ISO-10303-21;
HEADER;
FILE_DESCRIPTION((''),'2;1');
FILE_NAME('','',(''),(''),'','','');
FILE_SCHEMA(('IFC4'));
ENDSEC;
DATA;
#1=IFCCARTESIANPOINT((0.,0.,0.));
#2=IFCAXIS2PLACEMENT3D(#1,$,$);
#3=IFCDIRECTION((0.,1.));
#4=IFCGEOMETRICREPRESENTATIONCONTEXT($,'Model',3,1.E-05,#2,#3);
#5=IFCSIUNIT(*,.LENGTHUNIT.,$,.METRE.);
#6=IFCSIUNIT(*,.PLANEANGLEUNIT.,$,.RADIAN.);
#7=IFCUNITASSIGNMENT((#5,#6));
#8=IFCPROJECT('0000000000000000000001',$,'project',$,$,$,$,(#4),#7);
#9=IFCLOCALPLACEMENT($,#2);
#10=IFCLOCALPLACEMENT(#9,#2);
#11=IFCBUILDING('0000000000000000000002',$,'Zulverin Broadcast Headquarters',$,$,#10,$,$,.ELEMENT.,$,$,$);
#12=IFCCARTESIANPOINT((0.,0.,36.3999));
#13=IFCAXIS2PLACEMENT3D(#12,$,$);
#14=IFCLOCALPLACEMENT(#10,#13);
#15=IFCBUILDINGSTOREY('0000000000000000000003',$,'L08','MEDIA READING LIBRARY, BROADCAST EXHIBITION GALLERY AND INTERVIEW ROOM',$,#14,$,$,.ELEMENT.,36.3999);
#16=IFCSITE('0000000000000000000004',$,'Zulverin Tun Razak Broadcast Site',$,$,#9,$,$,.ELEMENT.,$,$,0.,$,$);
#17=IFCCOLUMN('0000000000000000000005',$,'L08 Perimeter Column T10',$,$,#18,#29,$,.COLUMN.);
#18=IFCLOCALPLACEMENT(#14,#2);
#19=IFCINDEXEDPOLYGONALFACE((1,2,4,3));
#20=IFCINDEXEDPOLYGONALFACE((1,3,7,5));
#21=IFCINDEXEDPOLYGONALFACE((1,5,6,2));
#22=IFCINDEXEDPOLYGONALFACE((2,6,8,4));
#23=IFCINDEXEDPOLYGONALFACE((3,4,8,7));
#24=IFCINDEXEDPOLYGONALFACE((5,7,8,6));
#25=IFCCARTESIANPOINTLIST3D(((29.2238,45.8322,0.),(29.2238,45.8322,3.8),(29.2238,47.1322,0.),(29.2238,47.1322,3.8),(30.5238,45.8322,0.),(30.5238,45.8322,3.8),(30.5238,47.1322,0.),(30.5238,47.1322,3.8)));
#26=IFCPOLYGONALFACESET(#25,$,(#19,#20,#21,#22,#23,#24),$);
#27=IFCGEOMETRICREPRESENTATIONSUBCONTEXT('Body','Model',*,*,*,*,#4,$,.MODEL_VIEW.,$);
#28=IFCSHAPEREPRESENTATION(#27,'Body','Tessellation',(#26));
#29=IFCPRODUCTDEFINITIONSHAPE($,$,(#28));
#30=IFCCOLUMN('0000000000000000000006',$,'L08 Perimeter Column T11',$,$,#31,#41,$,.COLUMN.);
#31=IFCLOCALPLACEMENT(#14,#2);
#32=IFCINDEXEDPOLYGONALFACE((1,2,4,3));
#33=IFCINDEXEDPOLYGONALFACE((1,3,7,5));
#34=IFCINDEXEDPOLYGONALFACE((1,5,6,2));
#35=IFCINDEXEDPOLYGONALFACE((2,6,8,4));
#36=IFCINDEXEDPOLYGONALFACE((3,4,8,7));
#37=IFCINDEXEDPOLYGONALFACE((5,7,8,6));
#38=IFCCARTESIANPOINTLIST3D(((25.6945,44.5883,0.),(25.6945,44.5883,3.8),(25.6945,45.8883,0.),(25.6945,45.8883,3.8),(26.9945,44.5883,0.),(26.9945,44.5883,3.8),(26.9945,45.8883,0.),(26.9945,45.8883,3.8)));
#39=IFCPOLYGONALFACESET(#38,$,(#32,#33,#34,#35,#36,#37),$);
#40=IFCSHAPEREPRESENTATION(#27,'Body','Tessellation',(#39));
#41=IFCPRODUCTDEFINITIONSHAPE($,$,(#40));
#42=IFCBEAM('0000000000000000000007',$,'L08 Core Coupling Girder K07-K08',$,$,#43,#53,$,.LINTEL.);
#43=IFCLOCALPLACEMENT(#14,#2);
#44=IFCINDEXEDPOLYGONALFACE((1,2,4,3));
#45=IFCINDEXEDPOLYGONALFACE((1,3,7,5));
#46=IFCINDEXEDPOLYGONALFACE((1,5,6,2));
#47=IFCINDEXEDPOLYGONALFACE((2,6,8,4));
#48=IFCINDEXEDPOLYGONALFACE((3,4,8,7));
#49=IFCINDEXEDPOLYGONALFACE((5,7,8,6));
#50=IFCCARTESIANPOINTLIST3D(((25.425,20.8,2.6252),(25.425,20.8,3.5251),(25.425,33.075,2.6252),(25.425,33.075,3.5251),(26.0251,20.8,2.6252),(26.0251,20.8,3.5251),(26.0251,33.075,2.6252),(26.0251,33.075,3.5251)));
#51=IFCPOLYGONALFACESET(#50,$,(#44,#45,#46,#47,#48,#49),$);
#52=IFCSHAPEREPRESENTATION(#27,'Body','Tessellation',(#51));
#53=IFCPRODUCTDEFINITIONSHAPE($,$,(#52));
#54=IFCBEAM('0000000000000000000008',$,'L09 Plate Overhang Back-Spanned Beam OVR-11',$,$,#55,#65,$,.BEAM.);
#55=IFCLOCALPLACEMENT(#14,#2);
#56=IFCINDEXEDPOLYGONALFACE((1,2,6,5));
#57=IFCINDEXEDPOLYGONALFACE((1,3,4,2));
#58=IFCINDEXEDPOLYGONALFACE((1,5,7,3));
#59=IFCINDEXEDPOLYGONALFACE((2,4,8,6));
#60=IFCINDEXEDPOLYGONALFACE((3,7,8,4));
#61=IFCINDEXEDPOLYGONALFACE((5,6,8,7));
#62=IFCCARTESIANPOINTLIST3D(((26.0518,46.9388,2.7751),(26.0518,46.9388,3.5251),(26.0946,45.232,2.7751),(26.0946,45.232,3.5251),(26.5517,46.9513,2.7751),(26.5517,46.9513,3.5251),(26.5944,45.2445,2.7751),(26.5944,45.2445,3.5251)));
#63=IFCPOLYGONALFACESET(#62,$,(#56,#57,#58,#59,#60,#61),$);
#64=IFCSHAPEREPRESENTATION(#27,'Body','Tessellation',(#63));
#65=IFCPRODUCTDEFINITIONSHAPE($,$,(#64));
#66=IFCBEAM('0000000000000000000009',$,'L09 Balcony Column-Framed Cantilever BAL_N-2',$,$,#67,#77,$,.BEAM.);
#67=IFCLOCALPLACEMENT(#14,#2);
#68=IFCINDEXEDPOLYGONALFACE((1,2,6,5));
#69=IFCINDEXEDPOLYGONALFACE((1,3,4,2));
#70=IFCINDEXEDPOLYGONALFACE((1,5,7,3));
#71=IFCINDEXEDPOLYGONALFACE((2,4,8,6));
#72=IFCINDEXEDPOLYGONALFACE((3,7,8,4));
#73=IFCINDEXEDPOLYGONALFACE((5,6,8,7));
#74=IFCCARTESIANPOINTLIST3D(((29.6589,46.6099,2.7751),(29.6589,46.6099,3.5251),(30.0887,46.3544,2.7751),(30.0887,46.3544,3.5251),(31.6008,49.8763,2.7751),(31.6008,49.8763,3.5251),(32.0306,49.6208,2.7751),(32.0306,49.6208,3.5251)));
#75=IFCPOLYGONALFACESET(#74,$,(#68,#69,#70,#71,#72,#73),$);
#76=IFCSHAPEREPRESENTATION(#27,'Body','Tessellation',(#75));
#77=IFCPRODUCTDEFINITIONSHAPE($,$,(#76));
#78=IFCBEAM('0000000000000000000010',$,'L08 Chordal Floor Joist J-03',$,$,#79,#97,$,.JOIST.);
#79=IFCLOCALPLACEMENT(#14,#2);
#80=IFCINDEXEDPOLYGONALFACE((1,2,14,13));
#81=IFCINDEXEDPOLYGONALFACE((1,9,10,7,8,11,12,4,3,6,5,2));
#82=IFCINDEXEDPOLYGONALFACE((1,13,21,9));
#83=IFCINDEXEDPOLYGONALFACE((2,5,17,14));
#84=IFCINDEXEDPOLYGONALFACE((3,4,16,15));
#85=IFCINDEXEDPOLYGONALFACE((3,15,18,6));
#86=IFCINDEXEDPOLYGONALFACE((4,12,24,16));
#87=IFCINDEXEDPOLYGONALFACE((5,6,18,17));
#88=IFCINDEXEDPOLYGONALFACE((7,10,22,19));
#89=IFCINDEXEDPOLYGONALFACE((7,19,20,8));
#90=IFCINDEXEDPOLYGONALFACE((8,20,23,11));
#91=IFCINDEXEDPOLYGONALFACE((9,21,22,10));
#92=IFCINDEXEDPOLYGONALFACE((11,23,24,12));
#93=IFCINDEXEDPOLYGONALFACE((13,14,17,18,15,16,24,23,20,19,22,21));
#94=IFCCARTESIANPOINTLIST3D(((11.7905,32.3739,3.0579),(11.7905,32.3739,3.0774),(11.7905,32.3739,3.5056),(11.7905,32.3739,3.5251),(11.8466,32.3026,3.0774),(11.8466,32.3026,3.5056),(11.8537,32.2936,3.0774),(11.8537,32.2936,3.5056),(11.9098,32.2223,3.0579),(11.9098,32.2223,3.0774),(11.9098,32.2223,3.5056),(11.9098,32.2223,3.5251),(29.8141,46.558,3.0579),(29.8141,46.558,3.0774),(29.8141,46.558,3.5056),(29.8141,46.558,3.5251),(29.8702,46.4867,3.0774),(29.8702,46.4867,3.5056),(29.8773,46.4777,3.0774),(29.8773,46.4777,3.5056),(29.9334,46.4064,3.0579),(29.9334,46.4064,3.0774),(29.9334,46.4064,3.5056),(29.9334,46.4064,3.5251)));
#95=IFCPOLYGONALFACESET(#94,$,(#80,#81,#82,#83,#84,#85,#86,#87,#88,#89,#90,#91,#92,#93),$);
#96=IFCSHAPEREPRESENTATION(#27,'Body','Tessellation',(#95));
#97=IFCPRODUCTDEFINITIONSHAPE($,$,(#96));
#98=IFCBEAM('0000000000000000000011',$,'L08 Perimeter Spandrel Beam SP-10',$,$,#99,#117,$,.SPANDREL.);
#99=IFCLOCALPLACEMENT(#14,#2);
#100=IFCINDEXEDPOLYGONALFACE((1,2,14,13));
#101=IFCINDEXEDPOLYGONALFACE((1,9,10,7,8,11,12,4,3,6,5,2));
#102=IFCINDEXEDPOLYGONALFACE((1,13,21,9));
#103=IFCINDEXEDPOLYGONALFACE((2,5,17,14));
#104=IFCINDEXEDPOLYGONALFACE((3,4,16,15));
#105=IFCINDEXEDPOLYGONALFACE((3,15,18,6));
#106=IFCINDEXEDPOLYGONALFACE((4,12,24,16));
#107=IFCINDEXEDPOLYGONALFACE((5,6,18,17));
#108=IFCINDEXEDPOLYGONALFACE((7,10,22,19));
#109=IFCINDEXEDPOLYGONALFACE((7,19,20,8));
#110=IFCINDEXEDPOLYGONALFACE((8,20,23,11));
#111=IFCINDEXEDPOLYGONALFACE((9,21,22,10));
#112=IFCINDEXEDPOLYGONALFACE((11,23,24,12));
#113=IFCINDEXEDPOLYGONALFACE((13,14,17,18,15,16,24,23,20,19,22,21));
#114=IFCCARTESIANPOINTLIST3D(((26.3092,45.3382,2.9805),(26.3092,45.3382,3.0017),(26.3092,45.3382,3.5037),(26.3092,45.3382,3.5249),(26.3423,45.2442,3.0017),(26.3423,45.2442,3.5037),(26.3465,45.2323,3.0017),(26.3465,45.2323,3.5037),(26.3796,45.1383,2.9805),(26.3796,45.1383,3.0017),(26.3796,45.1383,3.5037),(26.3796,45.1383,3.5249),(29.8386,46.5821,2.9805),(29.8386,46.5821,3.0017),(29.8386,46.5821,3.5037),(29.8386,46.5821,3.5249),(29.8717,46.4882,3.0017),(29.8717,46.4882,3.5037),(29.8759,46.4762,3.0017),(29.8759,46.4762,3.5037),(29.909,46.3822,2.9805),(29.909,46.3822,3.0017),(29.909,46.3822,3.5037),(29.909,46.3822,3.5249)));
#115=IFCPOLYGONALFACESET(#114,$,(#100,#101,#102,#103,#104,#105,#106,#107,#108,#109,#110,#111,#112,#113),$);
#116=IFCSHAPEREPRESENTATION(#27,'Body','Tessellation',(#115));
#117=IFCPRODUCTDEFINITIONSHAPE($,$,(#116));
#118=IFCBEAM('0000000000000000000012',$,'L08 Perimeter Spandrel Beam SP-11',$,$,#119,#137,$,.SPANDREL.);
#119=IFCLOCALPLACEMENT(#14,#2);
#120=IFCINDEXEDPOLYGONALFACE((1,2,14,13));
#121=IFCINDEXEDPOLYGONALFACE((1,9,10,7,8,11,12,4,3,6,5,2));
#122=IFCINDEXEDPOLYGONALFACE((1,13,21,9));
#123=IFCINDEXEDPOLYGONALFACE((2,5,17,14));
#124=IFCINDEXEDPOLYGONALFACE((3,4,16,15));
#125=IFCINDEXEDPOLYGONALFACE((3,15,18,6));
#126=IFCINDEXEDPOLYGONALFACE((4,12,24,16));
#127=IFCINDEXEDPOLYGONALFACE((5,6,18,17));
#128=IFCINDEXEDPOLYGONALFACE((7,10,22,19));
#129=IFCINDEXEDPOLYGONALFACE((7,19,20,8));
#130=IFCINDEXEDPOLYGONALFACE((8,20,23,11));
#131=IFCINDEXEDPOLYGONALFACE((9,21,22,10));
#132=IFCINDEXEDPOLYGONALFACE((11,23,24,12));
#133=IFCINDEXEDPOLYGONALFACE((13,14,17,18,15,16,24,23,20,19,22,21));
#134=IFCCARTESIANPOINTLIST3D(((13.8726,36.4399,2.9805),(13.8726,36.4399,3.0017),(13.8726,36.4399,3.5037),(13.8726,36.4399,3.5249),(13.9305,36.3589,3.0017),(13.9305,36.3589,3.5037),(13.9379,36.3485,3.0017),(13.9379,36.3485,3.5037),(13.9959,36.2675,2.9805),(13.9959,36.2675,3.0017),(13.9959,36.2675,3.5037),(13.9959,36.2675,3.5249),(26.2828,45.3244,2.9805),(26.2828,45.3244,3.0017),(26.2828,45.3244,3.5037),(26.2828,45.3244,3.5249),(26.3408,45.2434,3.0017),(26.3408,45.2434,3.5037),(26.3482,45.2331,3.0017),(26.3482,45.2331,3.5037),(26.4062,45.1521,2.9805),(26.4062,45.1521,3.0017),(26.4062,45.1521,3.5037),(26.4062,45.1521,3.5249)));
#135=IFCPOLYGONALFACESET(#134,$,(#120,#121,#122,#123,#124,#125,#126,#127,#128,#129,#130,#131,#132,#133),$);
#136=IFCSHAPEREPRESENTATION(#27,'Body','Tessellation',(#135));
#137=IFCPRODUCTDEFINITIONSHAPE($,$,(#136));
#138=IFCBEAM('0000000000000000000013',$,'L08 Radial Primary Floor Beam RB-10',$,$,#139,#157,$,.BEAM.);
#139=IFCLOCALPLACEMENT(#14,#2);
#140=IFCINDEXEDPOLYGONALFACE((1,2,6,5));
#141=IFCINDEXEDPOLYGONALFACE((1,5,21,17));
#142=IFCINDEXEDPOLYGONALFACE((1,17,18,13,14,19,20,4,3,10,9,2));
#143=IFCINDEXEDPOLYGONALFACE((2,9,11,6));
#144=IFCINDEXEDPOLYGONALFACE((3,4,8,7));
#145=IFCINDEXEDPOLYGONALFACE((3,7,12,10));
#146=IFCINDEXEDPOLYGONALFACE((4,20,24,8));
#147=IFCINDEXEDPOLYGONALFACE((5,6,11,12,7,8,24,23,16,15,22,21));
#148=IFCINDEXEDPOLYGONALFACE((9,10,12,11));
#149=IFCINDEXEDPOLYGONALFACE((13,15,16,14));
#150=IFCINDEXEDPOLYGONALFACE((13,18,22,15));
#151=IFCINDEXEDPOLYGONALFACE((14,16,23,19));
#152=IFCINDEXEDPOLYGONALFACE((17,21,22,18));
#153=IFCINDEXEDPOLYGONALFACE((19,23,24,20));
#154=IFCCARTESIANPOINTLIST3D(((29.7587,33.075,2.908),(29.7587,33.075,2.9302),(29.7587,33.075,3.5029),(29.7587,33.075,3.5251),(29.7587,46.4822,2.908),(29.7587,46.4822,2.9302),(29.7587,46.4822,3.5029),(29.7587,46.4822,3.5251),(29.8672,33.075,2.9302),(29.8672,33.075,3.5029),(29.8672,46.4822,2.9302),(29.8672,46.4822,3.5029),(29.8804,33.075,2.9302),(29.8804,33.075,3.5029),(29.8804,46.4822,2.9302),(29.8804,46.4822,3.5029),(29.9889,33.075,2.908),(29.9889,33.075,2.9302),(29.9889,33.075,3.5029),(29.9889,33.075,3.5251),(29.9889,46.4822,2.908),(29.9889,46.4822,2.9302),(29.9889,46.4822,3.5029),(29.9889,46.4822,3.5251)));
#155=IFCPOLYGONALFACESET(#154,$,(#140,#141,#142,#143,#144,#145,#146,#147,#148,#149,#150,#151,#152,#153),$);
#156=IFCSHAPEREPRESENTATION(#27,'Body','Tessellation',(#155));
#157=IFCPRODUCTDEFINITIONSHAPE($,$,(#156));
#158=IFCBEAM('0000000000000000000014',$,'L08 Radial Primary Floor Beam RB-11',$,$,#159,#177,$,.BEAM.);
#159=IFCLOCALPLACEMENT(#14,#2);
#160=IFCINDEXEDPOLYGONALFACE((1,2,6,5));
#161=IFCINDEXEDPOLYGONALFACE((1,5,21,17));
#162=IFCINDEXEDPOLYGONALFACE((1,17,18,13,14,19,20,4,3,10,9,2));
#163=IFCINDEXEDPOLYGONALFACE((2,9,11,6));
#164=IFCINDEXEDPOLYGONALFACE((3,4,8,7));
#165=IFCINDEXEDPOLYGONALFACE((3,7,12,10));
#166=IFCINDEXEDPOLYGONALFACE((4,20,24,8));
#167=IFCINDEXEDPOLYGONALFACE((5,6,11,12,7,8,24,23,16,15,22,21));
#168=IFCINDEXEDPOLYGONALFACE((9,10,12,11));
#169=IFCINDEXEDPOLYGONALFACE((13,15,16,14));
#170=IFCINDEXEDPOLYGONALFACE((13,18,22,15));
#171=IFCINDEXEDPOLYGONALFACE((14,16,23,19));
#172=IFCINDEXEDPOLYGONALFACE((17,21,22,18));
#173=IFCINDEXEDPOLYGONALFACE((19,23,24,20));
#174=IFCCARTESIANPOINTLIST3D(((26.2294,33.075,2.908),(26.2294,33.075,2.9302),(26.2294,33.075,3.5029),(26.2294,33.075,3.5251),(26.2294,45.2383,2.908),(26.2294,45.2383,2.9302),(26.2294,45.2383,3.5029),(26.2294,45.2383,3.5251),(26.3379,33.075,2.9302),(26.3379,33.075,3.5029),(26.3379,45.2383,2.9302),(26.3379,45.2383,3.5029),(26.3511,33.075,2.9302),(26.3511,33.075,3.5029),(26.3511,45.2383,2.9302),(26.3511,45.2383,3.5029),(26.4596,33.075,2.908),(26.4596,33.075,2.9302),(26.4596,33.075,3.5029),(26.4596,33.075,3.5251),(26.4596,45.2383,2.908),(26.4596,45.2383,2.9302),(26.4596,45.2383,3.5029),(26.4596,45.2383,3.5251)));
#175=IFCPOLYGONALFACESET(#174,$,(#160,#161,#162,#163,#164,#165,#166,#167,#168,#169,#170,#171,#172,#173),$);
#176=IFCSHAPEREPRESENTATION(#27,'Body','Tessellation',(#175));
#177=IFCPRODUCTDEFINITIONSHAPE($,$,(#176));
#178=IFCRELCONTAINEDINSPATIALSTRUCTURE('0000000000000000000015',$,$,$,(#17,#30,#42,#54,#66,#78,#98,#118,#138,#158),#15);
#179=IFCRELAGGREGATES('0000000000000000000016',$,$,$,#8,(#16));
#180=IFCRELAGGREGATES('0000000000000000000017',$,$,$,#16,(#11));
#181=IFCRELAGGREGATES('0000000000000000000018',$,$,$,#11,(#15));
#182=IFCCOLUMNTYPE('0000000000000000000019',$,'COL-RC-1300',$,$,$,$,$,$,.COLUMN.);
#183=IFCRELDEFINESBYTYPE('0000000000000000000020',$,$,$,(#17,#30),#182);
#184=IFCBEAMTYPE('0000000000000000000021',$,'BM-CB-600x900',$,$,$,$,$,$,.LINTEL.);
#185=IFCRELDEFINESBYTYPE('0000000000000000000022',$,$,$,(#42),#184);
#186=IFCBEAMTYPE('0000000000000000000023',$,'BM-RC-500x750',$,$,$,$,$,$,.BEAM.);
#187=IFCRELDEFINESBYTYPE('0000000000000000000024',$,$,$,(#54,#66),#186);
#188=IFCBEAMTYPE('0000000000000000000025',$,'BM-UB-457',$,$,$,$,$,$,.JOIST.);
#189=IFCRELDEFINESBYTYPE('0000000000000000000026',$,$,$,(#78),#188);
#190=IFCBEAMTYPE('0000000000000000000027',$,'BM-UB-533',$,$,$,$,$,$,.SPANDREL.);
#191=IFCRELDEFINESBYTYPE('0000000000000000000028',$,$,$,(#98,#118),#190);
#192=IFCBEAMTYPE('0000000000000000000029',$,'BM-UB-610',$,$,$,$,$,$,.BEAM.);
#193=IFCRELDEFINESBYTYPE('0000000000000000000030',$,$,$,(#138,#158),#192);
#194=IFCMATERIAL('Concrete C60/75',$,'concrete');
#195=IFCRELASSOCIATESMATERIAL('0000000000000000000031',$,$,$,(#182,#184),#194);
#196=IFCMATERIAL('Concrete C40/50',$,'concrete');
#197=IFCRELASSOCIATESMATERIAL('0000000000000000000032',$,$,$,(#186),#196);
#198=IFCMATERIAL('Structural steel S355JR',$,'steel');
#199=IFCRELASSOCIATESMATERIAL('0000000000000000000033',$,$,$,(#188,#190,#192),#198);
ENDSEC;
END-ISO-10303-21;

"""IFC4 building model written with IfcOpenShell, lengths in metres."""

from ifc_helpers import new_model, si_unit, direction, frame, origin, origin_2d, place, context, subcontext, project, spatial, rectangle, i_section, extrude, material, material_profile, profile_set, type_object, element, save


model = new_model("IFC4")

# Units and contexts
model_context = context("Model", 3, precision=1e-05, world=origin(), true_north=direction((0.0, 1.0)))
body_context = subcontext(model_context, "Body", "Model", "MODEL_VIEW")
ifc_project = project(units=[si_unit("LENGTHUNIT", "METRE"), si_unit("PLANEANGLEUNIT", "RADIAN")], contexts=[model_context])

# Site, building, storey
site_placement = place(None, origin())
site = spatial("IfcSite", under=ifc_project, at=site_placement, Name="Zulverin Tun Razak Broadcast Site", CompositionType="ELEMENT", RefElevation=0.0)
building_placement = place(site_placement, origin())
building = spatial("IfcBuilding", under=site, at=building_placement, Name="Zulverin Broadcast Headquarters", CompositionType="ELEMENT")
storey_placement = place(building_placement, frame((0.0, 0.0, 36.3999)))
storey = spatial("IfcBuildingStorey", under=building, at=storey_placement, Name="L08", Description="MEDIA READING LIBRARY, BROADCAST EXHIBITION GALLERY AND INTERVIEW ROOM", CompositionType="ELEMENT", Elevation=36.3999)

# Columns
ifc_material_1 = material(Name="Concrete C60/75", Category="concrete")
ifc_material_profile_1 = material_profile(ifc_material_1, rectangle(XDim=1.3, YDim=1.3, at=origin_2d()), Name="Concrete C60/75", Category="concrete")
ifc_profile_set_1 = profile_set([ifc_material_profile_1], Name="Concrete C60/75")
column_type = type_object("IfcColumnType", Name="COL-RC-1300", PredefinedType="COLUMN", material=ifc_profile_set_1)
for number, where, z_axis, x_axis, name in (
    (1, (29.8738, 46.4822, 0.0), (0.0, 0.0, 1.0), (1.0, 0.0, 0.0), "L08 Perimeter Column T10"),
    (2, (26.3445, 45.2383, 0.0), (0.0, 0.0, 1.0), (1.0, 0.0, 0.0), "L08 Perimeter Column T11"),
):
    element("IfcColumn", number, at=place(storey_placement, frame(where, z_axis=z_axis, x_axis=x_axis)), inside=storey, type_object=column_type, Name=name, PredefinedType="COLUMN", context=body_context, shape_type="SweptSolid", body=[
        extrude(rectangle(XDim=1.3, YDim=1.3, at=origin_2d()), origin(), (0.0, 0.0, 1.0), 3.8),
    ])

# Beams
ifc_material_profile_2 = material_profile(ifc_material_1, rectangle(XDim=0.6001, YDim=0.8999, at=origin_2d()), Name="Concrete C60/75", Category="concrete")
ifc_profile_set_2 = profile_set([ifc_material_profile_2], Name="Concrete C60/75")
beam_type_1 = type_object("IfcBeamType", Name="BM-CB-600x900", PredefinedType="LINTEL", material=ifc_profile_set_2)
beam_1_placement = place(storey_placement, frame((25.7251, 33.075, 3.0752), z_axis=(0.0, -1.0, 0.0), x_axis=(1.0, 0.0, 0.0)))
element("IfcBeam", 3, at=beam_1_placement, inside=storey, type_object=beam_type_1, Name="L08 Core Coupling Girder K07-K08", PredefinedType="LINTEL", context=body_context, shape_type="SweptSolid", body=[
    extrude(rectangle(XDim=0.6001, YDim=0.8999, at=origin_2d()), origin(), (0.0, 0.0, 1.0), 12.2749),
])
ifc_material_2 = material(Name="Concrete C40/50", Category="concrete")
ifc_material_profile_3 = material_profile(ifc_material_2, rectangle(XDim=0.5, YDim=0.75, at=origin_2d()), Name="Concrete C40/50", Category="concrete")
ifc_profile_set_3 = profile_set([ifc_material_profile_3], Name="Concrete C40/50")
beam_type_2 = type_object("IfcBeamType", Name="BM-RC-500x750", PredefinedType="BEAM", material=ifc_profile_set_3)
beam_2_placement = place(storey_placement, frame((26.3445, 45.2383, 3.1501), z_axis=(-0.025024, 0.999687, 0.0), x_axis=(-0.999687, -0.025024, 0.0)))
element("IfcBeam", 4, at=beam_2_placement, inside=storey, type_object=beam_type_2, Name="L09 Plate Overhang Back-Spanned Beam OVR-11", PredefinedType="BEAM", context=body_context, shape_type="SweptSolid", body=[
    extrude(rectangle(XDim=0.5, YDim=0.75, at=origin_2d()), origin(), (0.0, 0.0, 1.0), 1.7073),
])
beam_3_placement = place(storey_placement, frame((29.8738, 46.4822, 3.1501), z_axis=(0.511024, 0.859566, 0.0), x_axis=(-0.859566, 0.511024, 0.0)))
element("IfcBeam", 5, at=beam_3_placement, inside=storey, type_object=beam_type_2, Name="L09 Balcony Column-Framed Cantilever BAL_N-2", PredefinedType="BEAM", context=body_context, shape_type="SweptSolid", body=[
    extrude(rectangle(XDim=0.5, YDim=0.75, at=origin_2d()), origin(), (0.0, 0.0, 1.0), 3.8),
])
ifc_material_3 = material(Name="Structural steel S355JR", Category="steel")
ifc_material_profile_4 = material_profile(ifc_material_3, i_section(OverallWidth=0.1929, OverallDepth=0.4673, WebThickness=0.0115, FlangeThickness=0.0195, at=origin_2d()), Name="Structural steel S355JR", Category="steel")
ifc_profile_set_4 = profile_set([ifc_material_profile_4], Name="Structural steel S355JR")
beam_type_3 = type_object("IfcBeamType", Name="BM-UB-457", PredefinedType="JOIST", material=ifc_profile_set_4)
beam_4_placement = place(storey_placement, frame((29.8738, 46.4822, 3.2915), z_axis=(-0.785839, -0.618431, 0.0), x_axis=(0.618431, -0.785839, 0.0)))
element("IfcBeam", 6, at=beam_4_placement, inside=storey, type_object=beam_type_3, Name="L08 Chordal Floor Joist J-03", PredefinedType="JOIST", context=body_context, shape_type="SweptSolid", body=[
    extrude(i_section(OverallWidth=0.1929, OverallDepth=0.4673, WebThickness=0.0115, FlangeThickness=0.0195, at=origin_2d()), origin(), (0.0, 0.0, 1.0), 22.9355),
])
ifc_material_profile_5 = material_profile(ifc_material_3, i_section(OverallWidth=0.2119, OverallDepth=0.5444, WebThickness=0.0127, FlangeThickness=0.0212, at=origin_2d()), Name="Structural steel S355JR", Category="steel")
ifc_profile_set_5 = profile_set([ifc_material_profile_5], Name="Structural steel S355JR")
beam_type_4 = type_object("IfcBeamType", Name="BM-UB-533", PredefinedType="SPANDREL", material=ifc_profile_set_5)
beam_5_placement = place(storey_placement, frame((29.8738, 46.4822, 3.2527), z_axis=(-0.943136, -0.332407, 0.0), x_axis=(0.332407, -0.943136, 0.0)))
element("IfcBeam", 7, at=beam_5_placement, inside=storey, type_object=beam_type_4, Name="L08 Perimeter Spandrel Beam SP-10", PredefinedType="SPANDREL", context=body_context, shape_type="SweptSolid", body=[
    extrude(i_section(OverallWidth=0.2119, OverallDepth=0.5444, WebThickness=0.0127, FlangeThickness=0.0212, at=origin_2d()), origin(), (0.0, 0.0, 1.0), 3.7422),
])
beam_6_placement = place(storey_placement, frame((26.3445, 45.2383, 3.2527), z_axis=(-0.813109, -0.582111, 0.0), x_axis=(0.582111, -0.813109, 0.0)))
element("IfcBeam", 8, at=beam_6_placement, inside=storey, type_object=beam_type_4, Name="L08 Perimeter Spandrel Beam SP-11", PredefinedType="SPANDREL", context=body_context, shape_type="SweptSolid", body=[
    extrude(i_section(OverallWidth=0.2119, OverallDepth=0.5444, WebThickness=0.0127, FlangeThickness=0.0212, at=origin_2d()), origin(), (0.0, 0.0, 1.0), 15.2627),
])
ifc_material_profile_6 = material_profile(ifc_material_3, i_section(OverallWidth=0.2302, OverallDepth=0.6172, WebThickness=0.0132, FlangeThickness=0.0222, at=origin_2d()), Name="Structural steel S355JR", Category="steel")
ifc_profile_set_6 = profile_set([ifc_material_profile_6], Name="Structural steel S355JR")
beam_type_5 = type_object("IfcBeamType", Name="BM-UB-610", PredefinedType="BEAM", material=ifc_profile_set_6)
beam_7_placement = place(storey_placement, frame((29.8738, 33.075, 3.2166), z_axis=(0.0, 1.0, 0.0), x_axis=(-1.0, 0.0, 0.0)))
element("IfcBeam", 9, at=beam_7_placement, inside=storey, type_object=beam_type_5, Name="L08 Radial Primary Floor Beam RB-10", PredefinedType="BEAM", context=body_context, shape_type="SweptSolid", body=[
    extrude(i_section(OverallWidth=0.2302, OverallDepth=0.6172, WebThickness=0.0132, FlangeThickness=0.0222, at=origin_2d()), origin(), (0.0, 0.0, 1.0), 13.4072),
])
beam_8_placement = place(storey_placement, frame((26.3445, 33.075, 3.2166), z_axis=(0.0, 1.0, 0.0), x_axis=(-1.0, 0.0, 0.0)))
element("IfcBeam", 10, at=beam_8_placement, inside=storey, type_object=beam_type_5, Name="L08 Radial Primary Floor Beam RB-11", PredefinedType="BEAM", context=body_context, shape_type="SweptSolid", body=[
    extrude(i_section(OverallWidth=0.2302, OverallDepth=0.6172, WebThickness=0.0132, FlangeThickness=0.0222, at=origin_2d()), origin(), (0.0, 0.0, 1.0), 12.1633),
])

save(model, "model.ifc")
